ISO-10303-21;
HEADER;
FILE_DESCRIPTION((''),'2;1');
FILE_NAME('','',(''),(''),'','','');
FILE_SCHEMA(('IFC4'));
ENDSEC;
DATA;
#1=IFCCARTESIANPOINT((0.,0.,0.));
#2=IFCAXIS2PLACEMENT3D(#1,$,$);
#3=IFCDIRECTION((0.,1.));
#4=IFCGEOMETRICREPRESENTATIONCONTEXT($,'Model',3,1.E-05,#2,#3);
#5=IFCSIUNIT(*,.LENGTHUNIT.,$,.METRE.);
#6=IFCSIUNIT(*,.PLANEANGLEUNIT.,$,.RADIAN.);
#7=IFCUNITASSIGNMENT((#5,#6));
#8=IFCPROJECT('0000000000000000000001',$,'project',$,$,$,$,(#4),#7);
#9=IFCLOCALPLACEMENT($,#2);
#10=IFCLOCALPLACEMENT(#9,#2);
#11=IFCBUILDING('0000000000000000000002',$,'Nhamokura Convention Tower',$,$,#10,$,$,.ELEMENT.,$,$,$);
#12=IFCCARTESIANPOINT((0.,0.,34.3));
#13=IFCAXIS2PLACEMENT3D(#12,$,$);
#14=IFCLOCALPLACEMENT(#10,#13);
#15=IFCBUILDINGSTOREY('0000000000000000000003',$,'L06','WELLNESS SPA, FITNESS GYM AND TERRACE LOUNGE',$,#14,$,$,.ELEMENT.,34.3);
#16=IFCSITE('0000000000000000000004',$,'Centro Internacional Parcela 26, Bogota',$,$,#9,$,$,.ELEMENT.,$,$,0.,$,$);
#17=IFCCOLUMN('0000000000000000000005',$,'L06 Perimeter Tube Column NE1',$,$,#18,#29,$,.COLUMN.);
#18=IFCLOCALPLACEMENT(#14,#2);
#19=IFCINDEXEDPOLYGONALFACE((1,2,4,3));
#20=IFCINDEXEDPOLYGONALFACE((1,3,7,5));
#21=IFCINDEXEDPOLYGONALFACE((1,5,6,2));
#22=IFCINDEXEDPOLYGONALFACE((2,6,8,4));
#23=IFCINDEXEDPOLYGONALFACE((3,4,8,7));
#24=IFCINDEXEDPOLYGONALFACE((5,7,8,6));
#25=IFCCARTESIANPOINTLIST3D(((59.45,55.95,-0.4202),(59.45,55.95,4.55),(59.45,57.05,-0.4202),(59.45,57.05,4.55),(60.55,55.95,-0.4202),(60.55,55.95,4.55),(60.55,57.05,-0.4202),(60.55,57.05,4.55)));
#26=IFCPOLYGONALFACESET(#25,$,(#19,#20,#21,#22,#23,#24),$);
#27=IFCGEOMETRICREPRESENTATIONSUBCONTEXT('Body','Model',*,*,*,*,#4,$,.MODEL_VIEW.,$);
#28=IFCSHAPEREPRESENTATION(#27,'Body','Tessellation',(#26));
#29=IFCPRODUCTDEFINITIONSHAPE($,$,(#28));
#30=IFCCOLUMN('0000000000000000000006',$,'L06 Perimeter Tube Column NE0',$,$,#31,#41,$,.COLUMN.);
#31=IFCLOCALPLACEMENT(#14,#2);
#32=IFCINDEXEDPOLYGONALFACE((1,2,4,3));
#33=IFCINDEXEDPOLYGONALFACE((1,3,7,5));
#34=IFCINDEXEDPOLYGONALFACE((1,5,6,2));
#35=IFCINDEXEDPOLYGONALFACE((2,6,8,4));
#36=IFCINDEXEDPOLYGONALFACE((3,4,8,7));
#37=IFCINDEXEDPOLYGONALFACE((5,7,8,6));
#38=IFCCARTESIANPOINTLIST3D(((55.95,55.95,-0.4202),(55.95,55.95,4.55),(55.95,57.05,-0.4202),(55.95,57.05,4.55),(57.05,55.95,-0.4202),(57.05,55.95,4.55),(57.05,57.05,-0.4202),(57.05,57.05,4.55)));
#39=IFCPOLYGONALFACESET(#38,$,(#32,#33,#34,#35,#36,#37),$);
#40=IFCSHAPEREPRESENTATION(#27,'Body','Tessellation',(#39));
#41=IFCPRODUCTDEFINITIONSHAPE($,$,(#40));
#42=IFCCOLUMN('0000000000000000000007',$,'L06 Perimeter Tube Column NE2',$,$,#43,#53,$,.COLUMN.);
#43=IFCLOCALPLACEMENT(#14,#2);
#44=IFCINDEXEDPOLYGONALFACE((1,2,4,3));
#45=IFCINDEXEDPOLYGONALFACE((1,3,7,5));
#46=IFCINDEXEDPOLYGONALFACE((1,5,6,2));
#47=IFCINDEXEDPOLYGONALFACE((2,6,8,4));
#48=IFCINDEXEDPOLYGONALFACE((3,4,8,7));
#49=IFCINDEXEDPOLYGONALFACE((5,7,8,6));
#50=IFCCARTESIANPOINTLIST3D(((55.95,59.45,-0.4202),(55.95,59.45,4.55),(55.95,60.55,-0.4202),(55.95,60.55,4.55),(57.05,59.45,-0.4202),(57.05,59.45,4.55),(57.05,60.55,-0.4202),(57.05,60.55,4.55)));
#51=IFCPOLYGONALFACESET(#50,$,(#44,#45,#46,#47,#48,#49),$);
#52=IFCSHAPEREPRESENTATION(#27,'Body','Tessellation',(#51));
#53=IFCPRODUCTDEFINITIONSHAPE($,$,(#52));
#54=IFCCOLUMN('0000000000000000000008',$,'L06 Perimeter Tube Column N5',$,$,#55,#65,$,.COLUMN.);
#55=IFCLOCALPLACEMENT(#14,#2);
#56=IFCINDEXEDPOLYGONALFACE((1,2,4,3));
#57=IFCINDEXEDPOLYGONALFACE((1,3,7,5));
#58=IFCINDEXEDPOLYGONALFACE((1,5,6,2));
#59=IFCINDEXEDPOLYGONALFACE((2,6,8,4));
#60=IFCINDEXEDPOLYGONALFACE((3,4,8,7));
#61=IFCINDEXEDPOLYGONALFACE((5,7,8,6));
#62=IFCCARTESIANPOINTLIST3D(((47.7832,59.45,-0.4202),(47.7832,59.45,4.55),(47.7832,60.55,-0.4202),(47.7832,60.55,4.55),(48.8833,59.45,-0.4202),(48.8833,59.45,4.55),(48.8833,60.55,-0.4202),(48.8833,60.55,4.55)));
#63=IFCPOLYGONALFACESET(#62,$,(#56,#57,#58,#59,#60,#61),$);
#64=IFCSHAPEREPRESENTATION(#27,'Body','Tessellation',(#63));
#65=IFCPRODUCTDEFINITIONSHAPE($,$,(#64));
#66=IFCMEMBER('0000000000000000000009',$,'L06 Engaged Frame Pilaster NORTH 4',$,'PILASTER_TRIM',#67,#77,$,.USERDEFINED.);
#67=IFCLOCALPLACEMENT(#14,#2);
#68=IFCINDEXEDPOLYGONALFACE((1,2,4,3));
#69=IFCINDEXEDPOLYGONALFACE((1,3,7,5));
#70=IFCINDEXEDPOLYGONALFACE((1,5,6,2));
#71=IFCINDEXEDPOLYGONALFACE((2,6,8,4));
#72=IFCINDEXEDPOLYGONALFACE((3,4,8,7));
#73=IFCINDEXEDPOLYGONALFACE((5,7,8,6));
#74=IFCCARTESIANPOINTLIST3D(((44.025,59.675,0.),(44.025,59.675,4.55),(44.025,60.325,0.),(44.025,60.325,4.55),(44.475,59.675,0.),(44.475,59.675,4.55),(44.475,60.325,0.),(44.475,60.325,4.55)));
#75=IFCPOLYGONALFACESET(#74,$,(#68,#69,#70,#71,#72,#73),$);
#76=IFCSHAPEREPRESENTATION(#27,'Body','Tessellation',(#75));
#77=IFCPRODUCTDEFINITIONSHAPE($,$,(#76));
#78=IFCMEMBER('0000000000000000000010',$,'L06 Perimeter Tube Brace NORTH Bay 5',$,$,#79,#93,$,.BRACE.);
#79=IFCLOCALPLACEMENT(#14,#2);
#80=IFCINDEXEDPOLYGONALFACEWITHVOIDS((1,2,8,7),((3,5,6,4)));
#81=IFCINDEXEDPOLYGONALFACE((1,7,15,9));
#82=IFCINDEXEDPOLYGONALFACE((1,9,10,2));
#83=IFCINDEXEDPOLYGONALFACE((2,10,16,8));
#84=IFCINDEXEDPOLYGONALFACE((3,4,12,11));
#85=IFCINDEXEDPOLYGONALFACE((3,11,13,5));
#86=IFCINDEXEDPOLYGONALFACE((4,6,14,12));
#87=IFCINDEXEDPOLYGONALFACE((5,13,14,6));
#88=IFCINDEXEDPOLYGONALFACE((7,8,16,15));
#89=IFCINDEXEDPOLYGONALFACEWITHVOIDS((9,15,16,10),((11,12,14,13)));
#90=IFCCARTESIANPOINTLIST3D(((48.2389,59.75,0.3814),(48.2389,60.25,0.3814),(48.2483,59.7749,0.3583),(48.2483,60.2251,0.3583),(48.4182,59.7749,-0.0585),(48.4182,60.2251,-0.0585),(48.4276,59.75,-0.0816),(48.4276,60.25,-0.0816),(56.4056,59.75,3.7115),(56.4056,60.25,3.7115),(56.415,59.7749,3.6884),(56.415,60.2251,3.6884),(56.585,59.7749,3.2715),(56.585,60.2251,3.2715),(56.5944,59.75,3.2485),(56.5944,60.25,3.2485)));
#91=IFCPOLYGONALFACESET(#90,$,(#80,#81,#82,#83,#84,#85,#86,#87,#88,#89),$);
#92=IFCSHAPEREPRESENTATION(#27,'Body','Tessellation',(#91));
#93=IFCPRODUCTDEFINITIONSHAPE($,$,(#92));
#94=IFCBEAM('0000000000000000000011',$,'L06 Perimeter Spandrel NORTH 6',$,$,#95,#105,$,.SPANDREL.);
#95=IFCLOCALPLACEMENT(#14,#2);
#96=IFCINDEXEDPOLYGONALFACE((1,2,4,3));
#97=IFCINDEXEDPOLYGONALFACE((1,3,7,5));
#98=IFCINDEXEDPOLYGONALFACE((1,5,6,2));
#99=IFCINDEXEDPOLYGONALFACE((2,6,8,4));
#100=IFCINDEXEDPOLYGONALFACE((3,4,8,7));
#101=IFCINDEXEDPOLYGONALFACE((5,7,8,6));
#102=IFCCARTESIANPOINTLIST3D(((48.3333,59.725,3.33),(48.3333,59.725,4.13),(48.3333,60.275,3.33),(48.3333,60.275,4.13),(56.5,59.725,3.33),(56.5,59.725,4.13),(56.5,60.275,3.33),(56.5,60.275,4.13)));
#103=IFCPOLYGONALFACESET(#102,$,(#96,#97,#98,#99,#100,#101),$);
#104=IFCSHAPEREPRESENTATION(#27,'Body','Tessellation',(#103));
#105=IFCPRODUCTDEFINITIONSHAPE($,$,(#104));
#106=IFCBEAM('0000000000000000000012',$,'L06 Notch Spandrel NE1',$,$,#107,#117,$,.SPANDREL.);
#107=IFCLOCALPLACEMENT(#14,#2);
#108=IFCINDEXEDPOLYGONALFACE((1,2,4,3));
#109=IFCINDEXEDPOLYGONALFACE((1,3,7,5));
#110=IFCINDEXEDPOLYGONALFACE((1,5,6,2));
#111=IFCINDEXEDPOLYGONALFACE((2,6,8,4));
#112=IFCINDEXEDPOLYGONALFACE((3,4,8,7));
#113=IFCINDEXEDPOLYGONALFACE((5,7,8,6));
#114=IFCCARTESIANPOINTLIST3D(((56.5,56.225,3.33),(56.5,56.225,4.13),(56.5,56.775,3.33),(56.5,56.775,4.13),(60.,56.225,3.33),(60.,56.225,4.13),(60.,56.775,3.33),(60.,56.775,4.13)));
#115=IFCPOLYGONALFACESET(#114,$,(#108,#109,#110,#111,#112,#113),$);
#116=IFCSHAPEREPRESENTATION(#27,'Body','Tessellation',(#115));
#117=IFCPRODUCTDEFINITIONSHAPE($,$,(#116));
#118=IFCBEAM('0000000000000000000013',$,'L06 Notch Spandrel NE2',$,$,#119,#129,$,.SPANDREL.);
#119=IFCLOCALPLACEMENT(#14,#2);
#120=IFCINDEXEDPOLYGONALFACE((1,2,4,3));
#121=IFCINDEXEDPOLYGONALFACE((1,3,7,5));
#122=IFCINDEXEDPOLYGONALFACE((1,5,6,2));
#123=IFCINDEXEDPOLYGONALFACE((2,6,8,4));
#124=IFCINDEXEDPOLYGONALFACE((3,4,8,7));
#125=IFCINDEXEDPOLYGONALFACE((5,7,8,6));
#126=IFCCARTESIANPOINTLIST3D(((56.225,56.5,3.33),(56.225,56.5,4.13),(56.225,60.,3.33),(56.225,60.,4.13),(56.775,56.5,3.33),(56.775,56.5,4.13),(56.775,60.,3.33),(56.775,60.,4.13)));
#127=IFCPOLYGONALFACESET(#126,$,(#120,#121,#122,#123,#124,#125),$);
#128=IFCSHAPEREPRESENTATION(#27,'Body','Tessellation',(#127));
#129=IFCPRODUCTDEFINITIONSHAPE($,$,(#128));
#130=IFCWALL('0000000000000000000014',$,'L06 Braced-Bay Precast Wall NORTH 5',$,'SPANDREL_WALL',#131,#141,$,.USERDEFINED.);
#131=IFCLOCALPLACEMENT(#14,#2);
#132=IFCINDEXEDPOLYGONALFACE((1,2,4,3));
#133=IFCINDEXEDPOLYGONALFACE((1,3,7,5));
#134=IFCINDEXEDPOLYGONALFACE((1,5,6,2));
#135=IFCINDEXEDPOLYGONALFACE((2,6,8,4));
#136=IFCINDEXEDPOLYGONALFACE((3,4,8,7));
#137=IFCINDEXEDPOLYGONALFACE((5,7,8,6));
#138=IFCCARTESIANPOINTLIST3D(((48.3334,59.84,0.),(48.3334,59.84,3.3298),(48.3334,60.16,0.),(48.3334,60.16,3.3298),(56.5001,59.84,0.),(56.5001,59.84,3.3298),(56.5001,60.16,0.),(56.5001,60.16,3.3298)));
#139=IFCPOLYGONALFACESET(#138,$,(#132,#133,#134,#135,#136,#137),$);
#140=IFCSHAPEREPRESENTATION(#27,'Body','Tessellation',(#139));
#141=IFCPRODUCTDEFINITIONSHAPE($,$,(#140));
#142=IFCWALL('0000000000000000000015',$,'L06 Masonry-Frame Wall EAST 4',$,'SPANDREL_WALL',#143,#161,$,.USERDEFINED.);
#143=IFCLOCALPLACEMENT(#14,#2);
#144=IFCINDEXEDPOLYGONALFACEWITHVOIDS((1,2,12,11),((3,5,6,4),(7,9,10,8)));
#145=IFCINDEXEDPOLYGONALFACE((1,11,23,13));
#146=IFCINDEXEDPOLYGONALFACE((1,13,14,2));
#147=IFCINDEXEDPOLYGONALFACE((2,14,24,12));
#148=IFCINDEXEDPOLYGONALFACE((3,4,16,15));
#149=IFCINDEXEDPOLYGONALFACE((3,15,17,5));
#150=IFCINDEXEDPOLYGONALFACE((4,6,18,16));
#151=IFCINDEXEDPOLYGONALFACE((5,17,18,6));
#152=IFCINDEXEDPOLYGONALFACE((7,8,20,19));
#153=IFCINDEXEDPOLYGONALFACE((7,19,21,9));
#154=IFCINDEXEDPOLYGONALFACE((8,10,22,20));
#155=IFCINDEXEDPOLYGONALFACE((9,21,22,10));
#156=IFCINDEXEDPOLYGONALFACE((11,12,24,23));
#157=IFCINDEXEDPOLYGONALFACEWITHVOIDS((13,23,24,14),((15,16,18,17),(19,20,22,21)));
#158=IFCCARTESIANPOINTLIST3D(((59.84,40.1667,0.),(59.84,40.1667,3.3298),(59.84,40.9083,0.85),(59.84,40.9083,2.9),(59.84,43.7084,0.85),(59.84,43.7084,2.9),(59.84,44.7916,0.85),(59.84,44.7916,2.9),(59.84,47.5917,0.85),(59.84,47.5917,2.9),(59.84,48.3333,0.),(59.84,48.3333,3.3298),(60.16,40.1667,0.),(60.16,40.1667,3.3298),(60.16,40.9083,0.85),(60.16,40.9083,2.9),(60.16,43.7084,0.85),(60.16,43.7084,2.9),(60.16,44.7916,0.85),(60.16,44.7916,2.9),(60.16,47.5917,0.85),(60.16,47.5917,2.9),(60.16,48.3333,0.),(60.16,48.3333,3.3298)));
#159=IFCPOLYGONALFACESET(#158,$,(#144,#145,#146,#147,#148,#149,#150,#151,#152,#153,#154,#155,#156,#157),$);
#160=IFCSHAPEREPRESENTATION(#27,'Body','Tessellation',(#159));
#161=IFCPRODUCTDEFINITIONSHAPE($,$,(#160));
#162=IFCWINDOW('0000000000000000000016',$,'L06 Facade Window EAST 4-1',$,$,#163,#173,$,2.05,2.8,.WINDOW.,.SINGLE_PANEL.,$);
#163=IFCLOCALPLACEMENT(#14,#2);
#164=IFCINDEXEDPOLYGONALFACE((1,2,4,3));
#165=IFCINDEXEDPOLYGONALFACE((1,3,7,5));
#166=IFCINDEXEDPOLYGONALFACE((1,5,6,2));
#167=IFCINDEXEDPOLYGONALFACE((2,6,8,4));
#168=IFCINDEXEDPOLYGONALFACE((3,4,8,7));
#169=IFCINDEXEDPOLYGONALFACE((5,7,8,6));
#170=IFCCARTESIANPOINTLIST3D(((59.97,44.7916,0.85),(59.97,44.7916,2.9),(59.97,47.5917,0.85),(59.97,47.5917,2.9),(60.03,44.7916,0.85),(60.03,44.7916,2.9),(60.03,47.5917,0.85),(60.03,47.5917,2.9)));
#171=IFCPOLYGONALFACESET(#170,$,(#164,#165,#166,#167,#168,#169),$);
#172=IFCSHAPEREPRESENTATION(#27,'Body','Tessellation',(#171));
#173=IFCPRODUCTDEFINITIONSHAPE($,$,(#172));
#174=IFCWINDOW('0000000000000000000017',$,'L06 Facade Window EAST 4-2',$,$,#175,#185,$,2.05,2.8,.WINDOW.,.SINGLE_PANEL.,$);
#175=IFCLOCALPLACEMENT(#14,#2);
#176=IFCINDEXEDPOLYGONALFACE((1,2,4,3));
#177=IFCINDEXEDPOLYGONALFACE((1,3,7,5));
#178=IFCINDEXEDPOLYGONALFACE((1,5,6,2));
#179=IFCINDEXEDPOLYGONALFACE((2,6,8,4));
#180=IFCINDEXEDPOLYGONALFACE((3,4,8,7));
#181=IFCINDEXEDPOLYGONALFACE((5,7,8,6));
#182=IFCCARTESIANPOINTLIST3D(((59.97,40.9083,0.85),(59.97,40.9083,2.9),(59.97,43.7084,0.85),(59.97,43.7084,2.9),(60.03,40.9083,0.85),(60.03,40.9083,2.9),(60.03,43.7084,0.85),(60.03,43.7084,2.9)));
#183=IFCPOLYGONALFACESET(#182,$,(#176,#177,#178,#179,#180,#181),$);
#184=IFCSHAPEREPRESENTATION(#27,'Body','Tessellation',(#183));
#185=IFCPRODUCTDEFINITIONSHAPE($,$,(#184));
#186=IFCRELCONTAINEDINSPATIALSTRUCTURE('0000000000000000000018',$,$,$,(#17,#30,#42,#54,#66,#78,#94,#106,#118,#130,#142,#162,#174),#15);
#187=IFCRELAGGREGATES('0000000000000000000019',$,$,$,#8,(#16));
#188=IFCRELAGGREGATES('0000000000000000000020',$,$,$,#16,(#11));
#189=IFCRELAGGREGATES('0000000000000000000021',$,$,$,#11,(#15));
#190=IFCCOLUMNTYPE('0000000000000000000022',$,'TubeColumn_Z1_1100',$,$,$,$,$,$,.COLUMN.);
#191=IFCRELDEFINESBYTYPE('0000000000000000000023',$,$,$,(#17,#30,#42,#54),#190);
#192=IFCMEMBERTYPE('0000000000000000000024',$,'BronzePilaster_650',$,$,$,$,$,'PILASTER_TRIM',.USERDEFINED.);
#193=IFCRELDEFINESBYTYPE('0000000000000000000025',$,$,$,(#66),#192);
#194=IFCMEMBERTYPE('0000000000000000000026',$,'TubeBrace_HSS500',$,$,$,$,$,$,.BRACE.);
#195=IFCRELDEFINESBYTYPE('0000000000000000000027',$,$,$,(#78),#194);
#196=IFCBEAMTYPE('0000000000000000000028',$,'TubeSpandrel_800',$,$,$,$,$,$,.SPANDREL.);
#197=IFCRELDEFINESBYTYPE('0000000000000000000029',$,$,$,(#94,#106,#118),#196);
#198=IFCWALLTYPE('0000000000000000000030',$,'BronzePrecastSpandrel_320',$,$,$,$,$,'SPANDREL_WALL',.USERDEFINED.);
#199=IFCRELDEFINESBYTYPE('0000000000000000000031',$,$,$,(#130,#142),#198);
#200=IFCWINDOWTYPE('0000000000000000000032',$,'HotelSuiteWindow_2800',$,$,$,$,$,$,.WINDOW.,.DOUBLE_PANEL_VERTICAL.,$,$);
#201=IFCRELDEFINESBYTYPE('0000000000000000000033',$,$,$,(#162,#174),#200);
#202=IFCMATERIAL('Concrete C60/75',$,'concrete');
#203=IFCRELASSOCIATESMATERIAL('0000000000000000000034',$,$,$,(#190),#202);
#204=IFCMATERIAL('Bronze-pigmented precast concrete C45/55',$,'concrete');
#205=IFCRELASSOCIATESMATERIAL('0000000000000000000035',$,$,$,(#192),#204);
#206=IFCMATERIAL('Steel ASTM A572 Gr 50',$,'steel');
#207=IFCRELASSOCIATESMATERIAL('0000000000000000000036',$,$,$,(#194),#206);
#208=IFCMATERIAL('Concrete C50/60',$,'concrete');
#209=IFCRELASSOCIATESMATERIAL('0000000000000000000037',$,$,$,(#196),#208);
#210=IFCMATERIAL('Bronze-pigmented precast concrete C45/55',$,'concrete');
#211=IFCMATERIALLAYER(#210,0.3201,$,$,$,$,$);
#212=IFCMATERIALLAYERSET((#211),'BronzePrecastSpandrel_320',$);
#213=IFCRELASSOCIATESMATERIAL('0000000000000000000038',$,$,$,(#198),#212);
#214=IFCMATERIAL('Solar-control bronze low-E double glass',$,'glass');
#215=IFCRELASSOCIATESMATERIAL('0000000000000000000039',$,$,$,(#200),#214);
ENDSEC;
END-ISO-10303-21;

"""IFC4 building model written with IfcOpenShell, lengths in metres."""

from ifc_helpers import new_model, si_unit, direction, frame, frame_2d, origin, origin_2d, place, context, subcontext, project, spatial, rectangle, hollow_rectangle, extrude, material, layer, layer_set, material_profile, profile_set, type_object, element, fill, save


model = new_model("IFC4")

# Units and contexts
model_context = context("Model", 3, precision=1e-05, world=origin(), true_north=direction((0.0, 1.0)))
body_context = subcontext(model_context, "Body", "Model", "MODEL_VIEW")
ifc_project = project(units=[si_unit("LENGTHUNIT", "METRE"), si_unit("PLANEANGLEUNIT", "RADIAN")], contexts=[model_context])

# Site, building, storey
site_placement = place(None, origin())
site = spatial("IfcSite", under=ifc_project, at=site_placement, Name="Centro Internacional Parcela 26, Bogota", CompositionType="ELEMENT", RefElevation=0.0)
building_placement = place(site_placement, origin())
building = spatial("IfcBuilding", under=site, at=building_placement, Name="Nhamokura Convention Tower", CompositionType="ELEMENT")
storey_placement = place(building_placement, frame((0.0, 0.0, 34.3)))
storey = spatial("IfcBuildingStorey", under=building, at=storey_placement, Name="L06", Description="WELLNESS SPA, FITNESS GYM AND TERRACE LOUNGE", CompositionType="ELEMENT", Elevation=34.3)

# Columns
ifc_material_1 = material(Name="Concrete C60/75", Category="concrete")
ifc_material_profile_1 = material_profile(ifc_material_1, rectangle(XDim=1.1001, YDim=1.1001, at=origin_2d()))
ifc_profile_set_1 = profile_set([ifc_material_profile_1], Name="Concrete C60/75")
column_type = type_object("IfcColumnType", Name="TubeColumn_Z1_1100", PredefinedType="COLUMN", material=ifc_profile_set_1)
for number, where, z_axis, x_axis, name in (
    (1, (60.0, 56.5, -0.4202), (0.0, 0.0, 1.0), (1.0, 0.0, 0.0), "L06 Perimeter Tube Column NE1"),
    (2, (56.5, 56.5, -0.4202), (0.0, 0.0, 1.0), (1.0, 0.0, 0.0), "L06 Perimeter Tube Column NE0"),
    (3, (56.5, 60.0, -0.4202), (0.0, 0.0, 1.0), (1.0, 0.0, 0.0), "L06 Perimeter Tube Column NE2"),
    (4, (48.3333, 60.0, -0.4202), (0.0, 0.0, 1.0), (1.0, 0.0, 0.0), "L06 Perimeter Tube Column N5"),
):
    element("IfcColumn", number, at=place(storey_placement, frame(where, z_axis=z_axis, x_axis=x_axis)), inside=storey, type_object=column_type, Name=name, PredefinedType="COLUMN", context=body_context, shape_type="SweptSolid", body=[
        extrude(rectangle(XDim=1.1001, YDim=1.1001, at=origin_2d()), origin(), (0.0, 0.0, 1.0), 4.9702),
    ])

# Members
ifc_material_2 = material(Name="Bronze-pigmented precast concrete C45/55", Category="concrete")
ifc_material_profile_2 = material_profile(ifc_material_2, rectangle(XDim=0.45, YDim=0.6499, at=origin_2d()))
ifc_profile_set_2 = profile_set([ifc_material_profile_2], Name="Bronze-pigmented precast concrete C45/55")
member_type_1 = type_object("IfcMemberType", Name="BronzePilaster_650", ElementType="PILASTER_TRIM", PredefinedType="USERDEFINED", material=ifc_profile_set_2)
member_1_placement = place(storey_placement, frame((44.25, 60.0, 0.0), z_axis=(0.0, 0.0, 1.0), x_axis=(1.0, 0.0, 0.0)))
element("IfcMember", 5, at=member_1_placement, inside=storey, type_object=member_type_1, Name="L06 Engaged Frame Pilaster NORTH 4", ObjectType="PILASTER_TRIM", PredefinedType="USERDEFINED", context=body_context, shape_type="SweptSolid", body=[
    extrude(rectangle(XDim=0.45, YDim=0.6499, at=origin_2d()), origin(), (0.0, 0.0, 1.0), 4.55),
])
ifc_material_3 = material(Name="Steel ASTM A572 Gr 50", Category="steel")
ifc_material_profile_3 = material_profile(ifc_material_3, hollow_rectangle(XDim=0.5, YDim=0.5, WallThickness=0.0249, at=origin_2d()))
ifc_profile_set_3 = profile_set([ifc_material_profile_3], Name="Steel ASTM A572 Gr 50")
member_type_2 = type_object("IfcMemberType", Name="TubeBrace_HSS500", PredefinedType="BRACE", material=ifc_profile_set_3)
member_2_placement = place(storey_placement, frame((48.3333, 60.0, 0.1499), z_axis=(0.925978, 0.0, 0.377577), x_axis=(0.0, 1.0, 0.0)))
element("IfcMember", 6, at=member_2_placement, inside=storey, type_object=member_type_2, Name="L06 Perimeter Tube Brace NORTH Bay 5", PredefinedType="BRACE", context=body_context, shape_type="SweptSolid", body=[
    extrude(hollow_rectangle(XDim=0.5, YDim=0.5, WallThickness=0.0249, at=origin_2d()), origin(), (0.0, 0.0, 1.0), 8.8196),
])

# Beams
ifc_material_4 = material(Name="Concrete C50/60", Category="concrete")
ifc_material_profile_4 = material_profile(ifc_material_4, rectangle(XDim=0.55, YDim=0.8, at=origin_2d()))
ifc_profile_set_4 = profile_set([ifc_material_profile_4], Name="Concrete C50/60")
beam_type = type_object("IfcBeamType", Name="TubeSpandrel_800", PredefinedType="SPANDREL", material=ifc_profile_set_4)
beam_placement = place(storey_placement, frame((48.3333, 60.0, 3.73), z_axis=(1.0, 0.0, 0.0), x_axis=(0.0, 1.0, 0.0)))
element("IfcBeam", 7, at=beam_placement, inside=storey, type_object=beam_type, Name="L06 Perimeter Spandrel NORTH 6", PredefinedType="SPANDREL", context=body_context, shape_type="SweptSolid", body=[
    extrude(rectangle(XDim=0.55, YDim=0.8, at=origin_2d()), origin(), (0.0, 0.0, 1.0), 8.1667),
])
for number, where, z_axis, x_axis, name in (
    (8, (60.0, 56.5, 3.73), (-1.0, 0.0, 0.0), (0.0, -1.0, 0.0), "L06 Notch Spandrel NE1"),
    (9, (56.5, 56.5, 3.73), (0.0, 1.0, 0.0), (-1.0, 0.0, 0.0), "L06 Notch Spandrel NE2"),
):
    element("IfcBeam", number, at=place(storey_placement, frame(where, z_axis=z_axis, x_axis=x_axis)), inside=storey, type_object=beam_type, Name=name, PredefinedType="SPANDREL", context=body_context, shape_type="SweptSolid", body=[
        extrude(rectangle(XDim=0.55, YDim=0.8, at=origin_2d()), origin(), (0.0, 0.0, 1.0), 3.5),
    ])

# Wall
ifc_material_5 = material(Name="Bronze-pigmented precast concrete C45/55", Category="concrete")
ifc_layer = layer(ifc_material_5, 0.3201)
ifc_layer_set = layer_set([ifc_layer], Name="BronzePrecastSpandrel_320")
wall_type = type_object("IfcWallType", Name="BronzePrecastSpandrel_320", ElementType="SPANDREL_WALL", PredefinedType="USERDEFINED", material=ifc_layer_set)
wall_1_placement = place(storey_placement, frame((48.3333, 60.0, 0.0), z_axis=(0.0, 0.0, 1.0), x_axis=(1.0, 0.0, 0.0)))
element("IfcWall", 10, at=wall_1_placement, inside=storey, type_object=wall_type, Name="L06 Braced-Bay Precast Wall NORTH 5", ObjectType="SPANDREL_WALL", PredefinedType="USERDEFINED", context=body_context, shape_type="SweptSolid", body=[
    extrude(rectangle(XDim=8.1667, YDim=0.3201, at=frame_2d((4.0835, 0.0))), origin(), (0.0, 0.0, 1.0), 3.3298),
])

# Wall, openings, windows
wall_2_placement = place(storey_placement, frame((60.0, 48.3333, 0.0), z_axis=(0.0, 0.0, 1.0), x_axis=(0.0, -1.0, 0.0)))
wall_2 = element("IfcWall", 11, at=wall_2_placement, inside=storey, type_object=wall_type, Name="L06 Masonry-Frame Wall EAST 4", ObjectType="SPANDREL_WALL", PredefinedType="USERDEFINED", context=body_context, shape_type="SweptSolid", body=[
    extrude(rectangle(XDim=8.1665, YDim=0.3201, at=frame_2d((4.0833, 0.0))), origin(), (0.0, 0.0, 1.0), 3.3298),
])
opening_1_placement = place(wall_2_placement, frame((0.7417, 0.0, 0.8501)))
opening_1 = element("IfcOpeningElement", 12, at=opening_1_placement, cuts=wall_2, PredefinedType="OPENING", context=body_context, shape_type="SweptSolid", body=[
    extrude(rectangle(XDim=2.8, YDim=2.05, at=frame_2d((1.3999, 1.0249))), frame((0.0, 0.1699, 0.0), z_axis=(0.0, -1.0, 0.0), x_axis=(1.0, 0.0, 0.0)), (0.0, 0.0, 1.0), 0.3401),
])
opening_2_placement = place(wall_2_placement, frame((4.625, 0.0, 0.8501)))
opening_2 = element("IfcOpeningElement", 13, at=opening_2_placement, cuts=wall_2, PredefinedType="OPENING", context=body_context, shape_type="SweptSolid", body=[
    extrude(rectangle(XDim=2.8, YDim=2.05, at=frame_2d((1.3999, 1.0249))), frame((0.0, 0.1699, 0.0), z_axis=(0.0, -1.0, 0.0), x_axis=(1.0, 0.0, 0.0)), (0.0, 0.0, 1.0), 0.3401),
])
ifc_material_6 = material(Name="Solar-control bronze low-E double glass", Category="glass")
window_type_1 = type_object("IfcWindowType", Name="HotelSuiteWindow_2800", PartitioningType="DOUBLE_PANEL_VERTICAL", PredefinedType="WINDOW", material=ifc_material_6)
window_1_placement = place(opening_1_placement, origin())
window_1 = element("IfcWindow", 14, at=window_1_placement, inside=storey, type_object=window_type_1, Name="L06 Facade Window EAST 4-1", OverallHeight=2.05, OverallWidth=2.8, PartitioningType="SINGLE_PANEL", PredefinedType="WINDOW", context=body_context, shape_type="SweptSolid", body=[
    extrude(rectangle(XDim=2.8, YDim=2.05, at=frame_2d((1.3999, 1.0249))), frame((0.0, 0.03, 0.0), z_axis=(0.0, -1.0, 0.0), x_axis=(1.0, 0.0, 0.0)), (0.0, 0.0, 1.0), 0.0601),
])
fill(opening_1, window_1)
window_2_placement = place(opening_2_placement, origin())
window_2 = element("IfcWindow", 15, at=window_2_placement, inside=storey, type_object=window_type_1, Name="L06 Facade Window EAST 4-2", OverallHeight=2.05, OverallWidth=2.8, PartitioningType="SINGLE_PANEL", PredefinedType="WINDOW", context=body_context, shape_type="SweptSolid", body=[
    extrude(rectangle(XDim=2.8, YDim=2.05, at=frame_2d((1.3999, 1.0249))), frame((0.0, 0.03, 0.0), z_axis=(0.0, -1.0, 0.0), x_axis=(1.0, 0.0, 0.0)), (0.0, 0.0, 1.0), 0.0601),
])
fill(opening_2, window_2)

save(model, "model.ifc")
